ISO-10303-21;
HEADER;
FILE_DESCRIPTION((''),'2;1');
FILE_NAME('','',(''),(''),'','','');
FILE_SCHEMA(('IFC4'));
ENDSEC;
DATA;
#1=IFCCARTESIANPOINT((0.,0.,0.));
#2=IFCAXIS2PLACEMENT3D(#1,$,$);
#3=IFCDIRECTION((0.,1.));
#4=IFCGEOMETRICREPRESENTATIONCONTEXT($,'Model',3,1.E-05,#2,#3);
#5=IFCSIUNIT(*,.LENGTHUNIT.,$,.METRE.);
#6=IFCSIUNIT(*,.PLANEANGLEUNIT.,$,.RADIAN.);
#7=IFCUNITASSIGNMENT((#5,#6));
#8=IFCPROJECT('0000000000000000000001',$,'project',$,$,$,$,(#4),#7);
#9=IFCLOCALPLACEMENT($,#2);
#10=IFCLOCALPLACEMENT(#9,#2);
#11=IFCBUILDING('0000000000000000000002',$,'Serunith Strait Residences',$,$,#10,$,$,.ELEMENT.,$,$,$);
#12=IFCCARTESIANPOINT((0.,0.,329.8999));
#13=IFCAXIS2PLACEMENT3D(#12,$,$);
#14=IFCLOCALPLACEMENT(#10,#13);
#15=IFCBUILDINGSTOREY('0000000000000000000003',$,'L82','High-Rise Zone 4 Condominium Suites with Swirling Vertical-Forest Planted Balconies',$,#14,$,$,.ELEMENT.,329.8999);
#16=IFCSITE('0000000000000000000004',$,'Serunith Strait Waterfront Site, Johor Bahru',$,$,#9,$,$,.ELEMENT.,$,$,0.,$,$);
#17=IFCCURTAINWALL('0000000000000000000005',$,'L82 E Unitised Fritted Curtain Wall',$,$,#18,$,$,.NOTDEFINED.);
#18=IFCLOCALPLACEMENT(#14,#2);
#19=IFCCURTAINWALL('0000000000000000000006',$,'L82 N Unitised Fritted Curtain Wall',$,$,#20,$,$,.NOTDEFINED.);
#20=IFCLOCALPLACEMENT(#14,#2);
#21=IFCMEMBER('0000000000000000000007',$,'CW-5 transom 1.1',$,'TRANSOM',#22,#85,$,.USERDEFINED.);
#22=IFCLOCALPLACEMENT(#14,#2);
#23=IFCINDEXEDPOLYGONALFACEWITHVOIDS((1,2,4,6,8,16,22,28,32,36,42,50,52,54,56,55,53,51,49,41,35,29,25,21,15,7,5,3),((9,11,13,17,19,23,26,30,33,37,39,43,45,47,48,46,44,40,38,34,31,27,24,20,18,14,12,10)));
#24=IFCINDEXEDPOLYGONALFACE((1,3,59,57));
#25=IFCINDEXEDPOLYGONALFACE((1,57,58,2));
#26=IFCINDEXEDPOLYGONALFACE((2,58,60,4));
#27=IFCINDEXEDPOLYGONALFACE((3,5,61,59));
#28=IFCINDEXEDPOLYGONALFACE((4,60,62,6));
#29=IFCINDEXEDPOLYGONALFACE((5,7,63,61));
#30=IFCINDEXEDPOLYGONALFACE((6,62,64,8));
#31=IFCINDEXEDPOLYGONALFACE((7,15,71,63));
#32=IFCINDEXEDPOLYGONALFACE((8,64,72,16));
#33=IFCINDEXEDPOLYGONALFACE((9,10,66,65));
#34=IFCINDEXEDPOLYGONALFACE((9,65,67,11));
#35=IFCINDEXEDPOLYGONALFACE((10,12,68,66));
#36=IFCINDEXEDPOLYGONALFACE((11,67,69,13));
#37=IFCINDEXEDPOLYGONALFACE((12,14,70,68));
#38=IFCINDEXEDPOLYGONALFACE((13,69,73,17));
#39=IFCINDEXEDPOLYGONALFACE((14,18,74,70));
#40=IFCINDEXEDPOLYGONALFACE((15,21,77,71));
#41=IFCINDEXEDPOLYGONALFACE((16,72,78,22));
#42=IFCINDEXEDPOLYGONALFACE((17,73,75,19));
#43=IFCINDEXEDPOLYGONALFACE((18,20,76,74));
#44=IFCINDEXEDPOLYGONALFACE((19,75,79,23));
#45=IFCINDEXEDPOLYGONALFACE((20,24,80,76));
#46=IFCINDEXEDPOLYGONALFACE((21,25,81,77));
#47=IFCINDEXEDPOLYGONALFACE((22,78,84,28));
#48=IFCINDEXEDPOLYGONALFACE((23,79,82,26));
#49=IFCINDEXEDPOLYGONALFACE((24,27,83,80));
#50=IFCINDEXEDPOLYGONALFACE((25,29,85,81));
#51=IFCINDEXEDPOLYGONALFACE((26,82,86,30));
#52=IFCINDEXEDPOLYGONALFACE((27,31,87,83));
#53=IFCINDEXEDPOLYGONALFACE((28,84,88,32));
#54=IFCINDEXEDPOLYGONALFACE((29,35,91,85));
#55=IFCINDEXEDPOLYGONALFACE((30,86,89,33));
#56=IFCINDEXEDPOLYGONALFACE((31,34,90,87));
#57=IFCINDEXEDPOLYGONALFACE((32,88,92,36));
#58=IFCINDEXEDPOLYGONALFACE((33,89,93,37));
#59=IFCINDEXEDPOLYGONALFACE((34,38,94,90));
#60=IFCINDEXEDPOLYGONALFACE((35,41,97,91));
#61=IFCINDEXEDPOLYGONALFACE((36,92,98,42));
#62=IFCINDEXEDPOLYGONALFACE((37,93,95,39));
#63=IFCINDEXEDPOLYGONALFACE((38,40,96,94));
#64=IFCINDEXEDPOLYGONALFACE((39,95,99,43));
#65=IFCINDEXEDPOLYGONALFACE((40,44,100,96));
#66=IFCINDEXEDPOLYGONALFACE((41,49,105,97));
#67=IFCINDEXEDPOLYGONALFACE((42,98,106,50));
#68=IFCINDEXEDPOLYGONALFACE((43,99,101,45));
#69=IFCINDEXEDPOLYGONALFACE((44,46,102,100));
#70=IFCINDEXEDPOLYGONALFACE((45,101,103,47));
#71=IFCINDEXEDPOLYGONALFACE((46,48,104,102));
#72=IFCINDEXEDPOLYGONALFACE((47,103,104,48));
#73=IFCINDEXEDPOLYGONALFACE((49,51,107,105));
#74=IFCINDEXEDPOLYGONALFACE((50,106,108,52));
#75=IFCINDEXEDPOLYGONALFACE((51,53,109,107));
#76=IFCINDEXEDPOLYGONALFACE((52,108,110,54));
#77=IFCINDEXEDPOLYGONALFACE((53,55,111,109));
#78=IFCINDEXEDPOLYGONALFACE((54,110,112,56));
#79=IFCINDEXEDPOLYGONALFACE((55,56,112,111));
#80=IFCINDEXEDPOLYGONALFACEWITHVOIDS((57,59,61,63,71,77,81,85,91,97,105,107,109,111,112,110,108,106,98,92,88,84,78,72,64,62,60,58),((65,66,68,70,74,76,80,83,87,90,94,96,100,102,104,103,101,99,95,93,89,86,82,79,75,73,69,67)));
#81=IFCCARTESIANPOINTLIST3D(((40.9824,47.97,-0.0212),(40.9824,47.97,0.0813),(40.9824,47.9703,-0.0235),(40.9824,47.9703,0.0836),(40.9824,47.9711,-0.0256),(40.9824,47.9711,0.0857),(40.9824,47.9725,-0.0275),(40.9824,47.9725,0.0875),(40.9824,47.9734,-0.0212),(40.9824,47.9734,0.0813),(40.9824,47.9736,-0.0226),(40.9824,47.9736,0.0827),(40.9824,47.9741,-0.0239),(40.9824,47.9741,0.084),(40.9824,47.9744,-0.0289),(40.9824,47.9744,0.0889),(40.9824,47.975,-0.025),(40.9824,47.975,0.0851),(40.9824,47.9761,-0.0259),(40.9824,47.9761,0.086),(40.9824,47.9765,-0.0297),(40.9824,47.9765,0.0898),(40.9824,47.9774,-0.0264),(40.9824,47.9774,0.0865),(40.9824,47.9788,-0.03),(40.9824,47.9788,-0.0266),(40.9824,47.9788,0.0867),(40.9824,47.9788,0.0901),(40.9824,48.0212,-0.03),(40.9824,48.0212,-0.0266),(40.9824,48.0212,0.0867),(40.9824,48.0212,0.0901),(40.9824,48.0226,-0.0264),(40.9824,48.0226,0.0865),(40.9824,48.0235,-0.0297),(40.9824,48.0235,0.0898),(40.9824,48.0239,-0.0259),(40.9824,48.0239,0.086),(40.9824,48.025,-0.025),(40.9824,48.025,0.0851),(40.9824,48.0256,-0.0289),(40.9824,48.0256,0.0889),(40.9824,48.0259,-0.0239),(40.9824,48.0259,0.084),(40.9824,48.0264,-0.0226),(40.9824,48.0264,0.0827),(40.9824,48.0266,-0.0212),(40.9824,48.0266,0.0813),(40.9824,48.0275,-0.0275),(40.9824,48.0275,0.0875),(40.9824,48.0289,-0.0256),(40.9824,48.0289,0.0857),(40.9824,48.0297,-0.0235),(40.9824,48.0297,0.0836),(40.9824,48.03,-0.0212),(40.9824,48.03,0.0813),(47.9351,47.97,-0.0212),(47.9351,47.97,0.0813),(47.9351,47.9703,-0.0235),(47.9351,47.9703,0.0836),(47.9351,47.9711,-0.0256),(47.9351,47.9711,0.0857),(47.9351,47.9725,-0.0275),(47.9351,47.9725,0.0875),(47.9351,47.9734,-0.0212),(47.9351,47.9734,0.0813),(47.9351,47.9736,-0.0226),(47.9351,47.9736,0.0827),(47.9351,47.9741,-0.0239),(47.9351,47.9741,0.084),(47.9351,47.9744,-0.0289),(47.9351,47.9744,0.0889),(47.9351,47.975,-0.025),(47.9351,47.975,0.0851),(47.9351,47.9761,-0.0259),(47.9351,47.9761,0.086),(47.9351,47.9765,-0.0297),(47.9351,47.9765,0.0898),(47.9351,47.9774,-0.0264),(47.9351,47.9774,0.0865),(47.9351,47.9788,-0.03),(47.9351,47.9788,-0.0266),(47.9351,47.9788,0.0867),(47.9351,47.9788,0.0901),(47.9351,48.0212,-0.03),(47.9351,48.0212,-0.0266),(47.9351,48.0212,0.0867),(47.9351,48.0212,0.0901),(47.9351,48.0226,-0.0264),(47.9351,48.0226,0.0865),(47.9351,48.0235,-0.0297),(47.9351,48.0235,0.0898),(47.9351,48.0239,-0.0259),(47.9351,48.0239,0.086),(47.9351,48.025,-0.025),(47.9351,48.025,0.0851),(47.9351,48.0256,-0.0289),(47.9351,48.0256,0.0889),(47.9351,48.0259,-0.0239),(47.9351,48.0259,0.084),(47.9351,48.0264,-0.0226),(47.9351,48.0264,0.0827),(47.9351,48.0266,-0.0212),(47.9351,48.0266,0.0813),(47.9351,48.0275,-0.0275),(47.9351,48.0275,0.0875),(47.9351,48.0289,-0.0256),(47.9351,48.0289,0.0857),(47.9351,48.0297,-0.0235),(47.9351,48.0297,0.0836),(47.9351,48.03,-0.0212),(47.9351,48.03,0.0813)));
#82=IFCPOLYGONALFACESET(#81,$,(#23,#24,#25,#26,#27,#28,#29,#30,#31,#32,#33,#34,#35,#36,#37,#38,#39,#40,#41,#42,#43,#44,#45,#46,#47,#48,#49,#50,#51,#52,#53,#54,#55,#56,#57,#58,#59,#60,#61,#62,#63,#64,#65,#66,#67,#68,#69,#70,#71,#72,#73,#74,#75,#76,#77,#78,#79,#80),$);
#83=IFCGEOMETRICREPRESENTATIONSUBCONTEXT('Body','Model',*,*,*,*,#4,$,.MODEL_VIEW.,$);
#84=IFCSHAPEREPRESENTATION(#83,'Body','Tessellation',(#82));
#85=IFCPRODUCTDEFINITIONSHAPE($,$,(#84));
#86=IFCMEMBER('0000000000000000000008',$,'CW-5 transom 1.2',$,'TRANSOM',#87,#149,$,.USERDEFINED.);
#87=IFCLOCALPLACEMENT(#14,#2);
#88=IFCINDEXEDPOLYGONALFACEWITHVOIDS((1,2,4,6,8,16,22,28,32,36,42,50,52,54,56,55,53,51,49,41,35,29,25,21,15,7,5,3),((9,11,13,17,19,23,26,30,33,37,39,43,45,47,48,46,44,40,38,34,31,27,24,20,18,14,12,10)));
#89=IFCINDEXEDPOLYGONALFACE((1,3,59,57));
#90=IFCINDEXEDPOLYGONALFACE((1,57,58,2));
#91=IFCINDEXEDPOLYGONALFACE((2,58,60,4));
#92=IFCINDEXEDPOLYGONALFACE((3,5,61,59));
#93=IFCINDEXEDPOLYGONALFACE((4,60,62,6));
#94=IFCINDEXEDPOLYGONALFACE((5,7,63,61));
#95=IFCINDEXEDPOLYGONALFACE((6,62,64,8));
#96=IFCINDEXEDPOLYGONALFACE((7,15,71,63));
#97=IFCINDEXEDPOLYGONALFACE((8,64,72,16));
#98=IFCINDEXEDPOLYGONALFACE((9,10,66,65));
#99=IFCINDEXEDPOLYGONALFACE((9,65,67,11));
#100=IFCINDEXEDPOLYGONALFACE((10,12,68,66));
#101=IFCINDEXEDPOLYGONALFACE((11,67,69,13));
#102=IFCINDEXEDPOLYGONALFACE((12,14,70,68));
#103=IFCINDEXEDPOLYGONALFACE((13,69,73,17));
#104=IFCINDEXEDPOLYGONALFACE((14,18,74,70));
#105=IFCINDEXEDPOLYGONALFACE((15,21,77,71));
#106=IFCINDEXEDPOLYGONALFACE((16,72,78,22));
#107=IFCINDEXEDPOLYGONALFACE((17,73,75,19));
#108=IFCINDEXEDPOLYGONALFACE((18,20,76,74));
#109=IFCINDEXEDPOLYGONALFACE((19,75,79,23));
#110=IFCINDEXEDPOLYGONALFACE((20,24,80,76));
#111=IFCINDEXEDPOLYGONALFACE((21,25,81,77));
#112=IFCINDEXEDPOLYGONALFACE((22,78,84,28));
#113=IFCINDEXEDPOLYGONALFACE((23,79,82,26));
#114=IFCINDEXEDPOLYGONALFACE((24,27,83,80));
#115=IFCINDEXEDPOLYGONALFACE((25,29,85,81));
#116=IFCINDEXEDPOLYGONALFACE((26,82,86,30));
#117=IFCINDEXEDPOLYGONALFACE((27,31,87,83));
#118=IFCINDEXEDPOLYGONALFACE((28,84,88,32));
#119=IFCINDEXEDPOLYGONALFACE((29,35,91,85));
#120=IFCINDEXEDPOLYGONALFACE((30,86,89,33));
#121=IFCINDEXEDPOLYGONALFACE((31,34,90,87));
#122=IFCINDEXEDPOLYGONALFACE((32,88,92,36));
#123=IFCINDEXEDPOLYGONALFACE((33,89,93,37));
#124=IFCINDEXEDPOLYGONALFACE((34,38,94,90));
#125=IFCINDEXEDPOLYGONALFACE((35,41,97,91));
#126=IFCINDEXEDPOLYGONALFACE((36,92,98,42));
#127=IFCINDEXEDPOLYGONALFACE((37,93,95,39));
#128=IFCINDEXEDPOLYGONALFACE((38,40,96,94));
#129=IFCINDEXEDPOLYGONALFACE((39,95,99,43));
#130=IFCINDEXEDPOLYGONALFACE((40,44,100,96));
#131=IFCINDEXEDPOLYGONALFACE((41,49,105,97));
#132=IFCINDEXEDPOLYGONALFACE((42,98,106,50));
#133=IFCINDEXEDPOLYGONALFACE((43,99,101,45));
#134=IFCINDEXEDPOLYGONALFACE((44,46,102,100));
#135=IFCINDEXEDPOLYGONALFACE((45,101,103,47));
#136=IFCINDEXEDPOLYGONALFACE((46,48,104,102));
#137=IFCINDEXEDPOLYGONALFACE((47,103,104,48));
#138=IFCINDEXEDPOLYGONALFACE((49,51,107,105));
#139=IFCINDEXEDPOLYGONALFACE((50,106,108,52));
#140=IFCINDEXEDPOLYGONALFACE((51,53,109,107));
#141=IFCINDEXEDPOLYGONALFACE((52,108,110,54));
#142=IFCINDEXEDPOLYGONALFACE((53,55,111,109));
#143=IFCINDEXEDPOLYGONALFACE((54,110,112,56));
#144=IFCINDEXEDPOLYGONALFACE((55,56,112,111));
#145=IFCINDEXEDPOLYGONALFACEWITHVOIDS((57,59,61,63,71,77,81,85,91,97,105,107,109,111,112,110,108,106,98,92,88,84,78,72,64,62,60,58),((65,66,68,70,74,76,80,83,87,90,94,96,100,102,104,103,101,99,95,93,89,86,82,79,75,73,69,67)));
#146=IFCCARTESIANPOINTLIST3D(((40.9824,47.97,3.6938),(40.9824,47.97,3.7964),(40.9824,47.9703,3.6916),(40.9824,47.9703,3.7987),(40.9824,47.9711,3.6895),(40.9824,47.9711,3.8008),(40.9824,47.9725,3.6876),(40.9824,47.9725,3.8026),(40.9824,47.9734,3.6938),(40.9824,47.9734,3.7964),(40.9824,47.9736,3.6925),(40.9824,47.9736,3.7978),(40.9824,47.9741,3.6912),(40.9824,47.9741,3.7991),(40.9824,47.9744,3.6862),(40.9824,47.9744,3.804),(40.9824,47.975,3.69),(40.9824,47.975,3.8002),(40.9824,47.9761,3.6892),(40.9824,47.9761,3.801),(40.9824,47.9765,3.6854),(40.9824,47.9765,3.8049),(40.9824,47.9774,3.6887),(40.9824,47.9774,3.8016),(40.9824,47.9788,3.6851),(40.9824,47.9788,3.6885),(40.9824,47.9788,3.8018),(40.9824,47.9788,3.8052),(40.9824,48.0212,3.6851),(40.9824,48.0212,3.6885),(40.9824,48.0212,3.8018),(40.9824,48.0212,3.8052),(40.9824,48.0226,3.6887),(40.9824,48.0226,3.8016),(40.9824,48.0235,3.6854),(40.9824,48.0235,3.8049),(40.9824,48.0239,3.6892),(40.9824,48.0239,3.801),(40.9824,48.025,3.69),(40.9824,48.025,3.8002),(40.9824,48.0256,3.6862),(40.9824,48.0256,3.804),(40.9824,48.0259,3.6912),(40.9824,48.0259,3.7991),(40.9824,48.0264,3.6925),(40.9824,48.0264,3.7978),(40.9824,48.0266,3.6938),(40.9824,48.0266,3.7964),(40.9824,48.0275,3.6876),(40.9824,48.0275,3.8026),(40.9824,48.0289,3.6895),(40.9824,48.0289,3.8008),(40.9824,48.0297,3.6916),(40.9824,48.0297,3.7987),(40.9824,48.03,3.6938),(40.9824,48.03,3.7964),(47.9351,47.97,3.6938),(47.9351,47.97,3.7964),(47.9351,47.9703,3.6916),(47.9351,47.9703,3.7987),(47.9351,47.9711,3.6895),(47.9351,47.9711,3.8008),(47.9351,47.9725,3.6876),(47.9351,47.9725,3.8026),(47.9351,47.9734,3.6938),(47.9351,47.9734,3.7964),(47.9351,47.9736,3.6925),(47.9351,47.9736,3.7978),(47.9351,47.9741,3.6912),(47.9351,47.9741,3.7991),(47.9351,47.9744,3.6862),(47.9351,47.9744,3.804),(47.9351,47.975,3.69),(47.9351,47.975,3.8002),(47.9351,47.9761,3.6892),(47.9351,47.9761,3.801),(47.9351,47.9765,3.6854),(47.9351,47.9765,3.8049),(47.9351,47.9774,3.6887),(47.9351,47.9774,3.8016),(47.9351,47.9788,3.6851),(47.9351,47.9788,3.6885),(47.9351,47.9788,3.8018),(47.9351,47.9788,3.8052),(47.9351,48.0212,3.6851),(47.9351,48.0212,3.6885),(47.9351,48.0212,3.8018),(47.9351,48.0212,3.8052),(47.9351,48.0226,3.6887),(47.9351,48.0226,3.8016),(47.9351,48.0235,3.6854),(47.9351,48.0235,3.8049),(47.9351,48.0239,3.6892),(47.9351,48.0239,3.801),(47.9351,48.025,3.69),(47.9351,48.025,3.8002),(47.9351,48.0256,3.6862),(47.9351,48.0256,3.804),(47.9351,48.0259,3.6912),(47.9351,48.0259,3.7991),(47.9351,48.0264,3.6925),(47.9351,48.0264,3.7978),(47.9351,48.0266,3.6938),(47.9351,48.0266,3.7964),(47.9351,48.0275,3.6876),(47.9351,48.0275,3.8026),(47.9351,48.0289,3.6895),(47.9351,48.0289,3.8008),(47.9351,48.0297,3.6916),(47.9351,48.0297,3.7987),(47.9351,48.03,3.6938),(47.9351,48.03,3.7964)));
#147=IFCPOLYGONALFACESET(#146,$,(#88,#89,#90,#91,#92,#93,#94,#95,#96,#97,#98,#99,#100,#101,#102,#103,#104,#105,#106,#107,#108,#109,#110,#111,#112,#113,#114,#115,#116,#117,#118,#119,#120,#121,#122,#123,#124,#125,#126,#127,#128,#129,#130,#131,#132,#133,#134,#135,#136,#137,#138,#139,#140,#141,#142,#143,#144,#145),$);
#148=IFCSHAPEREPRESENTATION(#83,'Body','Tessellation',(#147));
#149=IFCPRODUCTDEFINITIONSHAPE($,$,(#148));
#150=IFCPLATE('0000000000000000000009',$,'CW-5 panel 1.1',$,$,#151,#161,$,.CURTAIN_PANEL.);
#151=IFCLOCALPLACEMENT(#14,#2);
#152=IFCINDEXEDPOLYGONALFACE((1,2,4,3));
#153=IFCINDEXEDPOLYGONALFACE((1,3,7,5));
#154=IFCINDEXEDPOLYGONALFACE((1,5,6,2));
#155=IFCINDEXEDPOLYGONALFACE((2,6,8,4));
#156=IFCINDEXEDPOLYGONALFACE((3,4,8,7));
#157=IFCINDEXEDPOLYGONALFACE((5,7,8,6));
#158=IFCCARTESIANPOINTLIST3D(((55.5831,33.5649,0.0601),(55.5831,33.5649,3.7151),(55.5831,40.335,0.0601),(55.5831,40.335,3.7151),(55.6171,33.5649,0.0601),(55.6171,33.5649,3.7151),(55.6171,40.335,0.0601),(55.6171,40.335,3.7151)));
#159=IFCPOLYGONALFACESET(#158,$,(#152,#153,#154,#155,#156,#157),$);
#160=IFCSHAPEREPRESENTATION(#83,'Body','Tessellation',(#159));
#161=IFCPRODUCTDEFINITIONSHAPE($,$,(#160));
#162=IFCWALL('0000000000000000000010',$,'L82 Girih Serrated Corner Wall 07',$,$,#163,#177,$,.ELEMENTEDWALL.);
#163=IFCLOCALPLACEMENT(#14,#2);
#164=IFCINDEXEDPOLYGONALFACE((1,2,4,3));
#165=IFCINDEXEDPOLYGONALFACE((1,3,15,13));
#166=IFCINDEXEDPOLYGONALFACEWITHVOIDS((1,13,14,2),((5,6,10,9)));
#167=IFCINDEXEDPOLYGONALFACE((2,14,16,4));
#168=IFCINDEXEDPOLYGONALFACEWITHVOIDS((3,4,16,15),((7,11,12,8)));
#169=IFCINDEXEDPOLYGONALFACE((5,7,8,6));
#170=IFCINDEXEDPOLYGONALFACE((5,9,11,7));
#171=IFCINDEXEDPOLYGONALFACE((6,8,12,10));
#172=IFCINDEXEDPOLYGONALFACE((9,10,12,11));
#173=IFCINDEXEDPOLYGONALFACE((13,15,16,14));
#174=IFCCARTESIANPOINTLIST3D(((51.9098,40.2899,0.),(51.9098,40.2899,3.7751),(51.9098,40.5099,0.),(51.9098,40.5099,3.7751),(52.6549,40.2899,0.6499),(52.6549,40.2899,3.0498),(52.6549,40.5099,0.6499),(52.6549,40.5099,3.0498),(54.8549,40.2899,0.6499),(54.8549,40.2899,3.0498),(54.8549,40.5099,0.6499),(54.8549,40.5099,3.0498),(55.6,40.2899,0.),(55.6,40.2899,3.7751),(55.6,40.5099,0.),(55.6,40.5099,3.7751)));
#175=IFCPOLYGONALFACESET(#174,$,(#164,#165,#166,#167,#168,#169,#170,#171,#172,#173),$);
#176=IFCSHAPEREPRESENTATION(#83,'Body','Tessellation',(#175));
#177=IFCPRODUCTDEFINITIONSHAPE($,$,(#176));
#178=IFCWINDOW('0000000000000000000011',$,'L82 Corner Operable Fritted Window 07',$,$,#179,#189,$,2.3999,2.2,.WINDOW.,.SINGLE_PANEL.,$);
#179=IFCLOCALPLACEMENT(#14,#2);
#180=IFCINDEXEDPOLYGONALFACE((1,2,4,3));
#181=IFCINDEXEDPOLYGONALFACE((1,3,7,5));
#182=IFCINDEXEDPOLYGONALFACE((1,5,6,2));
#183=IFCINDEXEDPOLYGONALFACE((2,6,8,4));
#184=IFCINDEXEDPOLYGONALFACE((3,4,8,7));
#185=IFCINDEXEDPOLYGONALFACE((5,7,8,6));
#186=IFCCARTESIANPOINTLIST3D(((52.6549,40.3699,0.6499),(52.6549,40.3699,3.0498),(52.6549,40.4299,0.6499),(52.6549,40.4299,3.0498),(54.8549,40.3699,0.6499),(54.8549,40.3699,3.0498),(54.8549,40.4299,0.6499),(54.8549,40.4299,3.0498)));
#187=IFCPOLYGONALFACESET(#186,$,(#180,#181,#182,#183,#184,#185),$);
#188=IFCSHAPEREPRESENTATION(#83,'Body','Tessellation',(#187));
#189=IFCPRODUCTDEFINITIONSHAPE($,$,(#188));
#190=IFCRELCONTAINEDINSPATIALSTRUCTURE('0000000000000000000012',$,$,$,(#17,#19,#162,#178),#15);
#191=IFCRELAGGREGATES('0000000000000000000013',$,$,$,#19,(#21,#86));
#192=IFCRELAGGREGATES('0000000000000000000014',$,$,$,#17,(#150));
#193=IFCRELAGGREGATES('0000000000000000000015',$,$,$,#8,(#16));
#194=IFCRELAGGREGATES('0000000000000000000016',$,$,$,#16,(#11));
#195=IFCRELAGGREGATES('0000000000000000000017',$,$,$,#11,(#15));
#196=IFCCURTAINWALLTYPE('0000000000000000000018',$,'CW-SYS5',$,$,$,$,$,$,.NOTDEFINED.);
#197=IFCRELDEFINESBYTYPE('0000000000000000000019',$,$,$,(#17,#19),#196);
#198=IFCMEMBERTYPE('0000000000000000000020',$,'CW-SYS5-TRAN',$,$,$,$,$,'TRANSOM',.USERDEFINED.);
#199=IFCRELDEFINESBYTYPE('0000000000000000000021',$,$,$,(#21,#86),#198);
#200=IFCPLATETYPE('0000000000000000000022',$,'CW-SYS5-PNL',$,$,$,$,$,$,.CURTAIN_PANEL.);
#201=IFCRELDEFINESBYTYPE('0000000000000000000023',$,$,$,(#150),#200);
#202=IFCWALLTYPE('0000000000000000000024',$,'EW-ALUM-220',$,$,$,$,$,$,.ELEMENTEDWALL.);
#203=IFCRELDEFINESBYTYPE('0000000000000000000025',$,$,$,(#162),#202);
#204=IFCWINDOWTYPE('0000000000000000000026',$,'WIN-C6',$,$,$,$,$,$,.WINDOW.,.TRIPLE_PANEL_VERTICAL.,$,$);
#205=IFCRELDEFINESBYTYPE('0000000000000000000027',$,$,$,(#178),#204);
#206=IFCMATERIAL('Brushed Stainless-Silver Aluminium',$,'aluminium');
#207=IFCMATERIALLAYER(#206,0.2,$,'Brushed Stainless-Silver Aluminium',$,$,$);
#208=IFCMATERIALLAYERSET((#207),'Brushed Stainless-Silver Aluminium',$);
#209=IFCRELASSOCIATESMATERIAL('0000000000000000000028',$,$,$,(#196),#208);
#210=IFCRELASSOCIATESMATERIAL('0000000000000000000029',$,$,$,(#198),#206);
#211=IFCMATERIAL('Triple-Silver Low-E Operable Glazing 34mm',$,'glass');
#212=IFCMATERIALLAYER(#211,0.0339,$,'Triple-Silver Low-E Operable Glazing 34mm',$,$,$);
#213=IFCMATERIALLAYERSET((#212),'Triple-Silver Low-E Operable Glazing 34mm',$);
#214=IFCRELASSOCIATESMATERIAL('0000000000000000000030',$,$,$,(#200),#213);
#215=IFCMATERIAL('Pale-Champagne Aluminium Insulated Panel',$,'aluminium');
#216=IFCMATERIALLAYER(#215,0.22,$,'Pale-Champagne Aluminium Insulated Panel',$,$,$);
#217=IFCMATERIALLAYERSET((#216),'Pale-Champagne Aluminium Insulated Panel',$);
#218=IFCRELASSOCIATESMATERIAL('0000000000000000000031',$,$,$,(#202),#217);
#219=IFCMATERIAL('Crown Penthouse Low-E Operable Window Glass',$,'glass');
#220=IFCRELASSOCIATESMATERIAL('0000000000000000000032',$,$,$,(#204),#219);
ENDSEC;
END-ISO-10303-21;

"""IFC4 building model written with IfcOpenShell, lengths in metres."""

from ifc_helpers import new_model, si_unit, direction, frame, frame_2d, origin, origin_2d, place, context, subcontext, project, spatial, rectangle, hollow_rectangle, extrude, source, transform, mapped, material, layer, layer_set, material_profile, profile_set, type_object, element, fill, aggregate, save


model = new_model("IFC4")

# Units and contexts
model_context = context("Model", 3, precision=1e-05, world=origin(), true_north=direction((0.0, 1.0)))
body_context = subcontext(model_context, "Body", "Model", "MODEL_VIEW")
ifc_project = project(units=[si_unit("LENGTHUNIT", "METRE"), si_unit("PLANEANGLEUNIT", "RADIAN")], contexts=[model_context])

# Site, building, storey
site_placement = place(None, origin())
site = spatial("IfcSite", under=ifc_project, at=site_placement, Name="Serunith Strait Waterfront Site, Johor Bahru", CompositionType="ELEMENT", RefElevation=0.0)
building_placement = place(site_placement, origin())
building = spatial("IfcBuilding", under=site, at=building_placement, Name="Serunith Strait Residences", CompositionType="ELEMENT")
storey_placement = place(building_placement, frame((0.0, 0.0, 329.8999)))
storey = spatial("IfcBuildingStorey", under=building, at=storey_placement, Name="L82", Description="High-Rise Zone 4 Condominium Suites with Swirling Vertical-Forest Planted Balconies", CompositionType="ELEMENT", Elevation=329.8999)

# Curtain wall
ifc_material_1 = material(Name="Brushed Stainless-Silver Aluminium", Category="aluminium")
ifc_layer_1 = layer(ifc_material_1, 0.2, Name="Brushed Stainless-Silver Aluminium")
ifc_layer_set_1 = layer_set([ifc_layer_1], Name="Brushed Stainless-Silver Aluminium")
curtain_wall_type = type_object("IfcCurtainWallType", Name="CW-SYS5", PredefinedType="NOTDEFINED", material=ifc_layer_set_1)
curtain_wall_1_placement = place(storey_placement, origin())
curtain_wall_1 = element("IfcCurtainWall", 1, at=curtain_wall_1_placement, inside=storey, type_object=curtain_wall_type, Name="L82 E Unitised Fritted Curtain Wall", PredefinedType="NOTDEFINED")

# Curtain wall, members
curtain_wall_2_placement = place(storey_placement, origin())
curtain_wall_2 = element("IfcCurtainWall", 2, at=curtain_wall_2_placement, inside=storey, type_object=curtain_wall_type, Name="L82 N Unitised Fritted Curtain Wall", PredefinedType="NOTDEFINED")
ifc_material_profile_1 = material_profile(ifc_material_1, hollow_rectangle(XDim=0.0601, YDim=0.1201, WallThickness=0.0034, InnerFilletRadius=0.0054, OuterFilletRadius=0.0088, at=origin_2d()), Name="ALU 120x60x3.5")
ifc_profile_set_1 = profile_set([ifc_material_profile_1], Name="Brushed Stainless-Silver Aluminium")
member_type_1 = type_object("IfcMemberType", Name="CW-SYS5-TRAN", ElementType="TRANSOM", PredefinedType="USERDEFINED", material=ifc_profile_set_1)
shared_shape_1 = source(origin(), body_context, "Body", "SweptSolid", [
    extrude(hollow_rectangle(XDim=0.0601, YDim=0.1201, WallThickness=0.0034, InnerFilletRadius=0.0054, OuterFilletRadius=0.0088, at=origin_2d()), origin(), (0.0, 0.0, 1.0), 6.9526),
])
member_1_placement = place(storey_placement, frame((47.9351, 48.0, 0.03), z_axis=(-1.0, 0.0, 0.0), x_axis=(0.0, -1.0, 0.0)))
member_1 = element("IfcMember", 3, at=member_1_placement, type_object=member_type_1, Name="CW-5 transom 1.1", ObjectType="TRANSOM", PredefinedType="USERDEFINED", context=body_context, shape_type="MappedRepresentation", body=[
    mapped(shared_shape_1, transform((0.0, 0.0, 0.0), scale=1.0)),
])
member_2_placement = place(storey_placement, frame((47.9351, 48.0, 3.7451), z_axis=(-1.0, 0.0, 0.0), x_axis=(0.0, -1.0, 0.0)))
member_2 = element("IfcMember", 4, at=member_2_placement, type_object=member_type_1, Name="CW-5 transom 1.2", ObjectType="TRANSOM", PredefinedType="USERDEFINED", context=body_context, shape_type="MappedRepresentation", body=[
    mapped(shared_shape_1, transform((0.0, 0.0, 0.0), scale=1.0)),
])
aggregate(curtain_wall_2, [member_1, member_2])

# Plate
ifc_material_2 = material(Name="Triple-Silver Low-E Operable Glazing 34mm", Category="glass")
ifc_layer_2 = layer(ifc_material_2, 0.0339, Name="Triple-Silver Low-E Operable Glazing 34mm")
ifc_layer_set_2 = layer_set([ifc_layer_2], Name="Triple-Silver Low-E Operable Glazing 34mm")
plate_type = type_object("IfcPlateType", Name="CW-SYS5-PNL", PredefinedType="CURTAIN_PANEL", material=ifc_layer_set_2)
shared_shape_2 = source(origin(), body_context, "Body", "SweptSolid", [
    extrude(rectangle(XDim=6.77, YDim=0.0339, at=origin_2d()), origin(), (0.0, 0.0, 1.0), 3.655),
])
plate_placement = place(storey_placement, frame((55.6001, 36.95, 0.0601), z_axis=(0.0, 0.0, 1.0), x_axis=(0.0, 1.0, 0.0)))
plate = element("IfcPlate", 5, at=plate_placement, type_object=plate_type, Name="CW-5 panel 1.1", PredefinedType="CURTAIN_PANEL", context=body_context, shape_type="MappedRepresentation", body=[
    mapped(shared_shape_2, transform((0.0, 0.0, 0.0), scale=1.0)),
])
aggregate(curtain_wall_1, [plate])

# Wall, opening, window
ifc_material_3 = material(Name="Pale-Champagne Aluminium Insulated Panel", Category="aluminium")
ifc_layer_3 = layer(ifc_material_3, 0.22, Name="Pale-Champagne Aluminium Insulated Panel")
ifc_layer_set_3 = layer_set([ifc_layer_3], Name="Pale-Champagne Aluminium Insulated Panel")
wall_type_1 = type_object("IfcWallType", Name="EW-ALUM-220", PredefinedType="ELEMENTEDWALL", material=ifc_layer_set_3)
wall_1_placement = place(storey_placement, frame((55.6001, 40.3999, 0.0), z_axis=(0.0, 0.0, 1.0), x_axis=(-1.0, 0.0, 0.0)))
wall_1 = element("IfcWall", 6, at=wall_1_placement, inside=storey, type_object=wall_type_1, Name="L82 Girih Serrated Corner Wall 07", PredefinedType="ELEMENTEDWALL", context=body_context, shape_type="SweptSolid", body=[
    extrude(rectangle(XDim=3.6902, YDim=0.22, at=frame_2d((1.8452, 0.0))), origin(), (0.0, 0.0, 1.0), 3.7751),
])
opening_1_placement = place(wall_1_placement, frame((0.7451, 0.0, 0.6499)))
opening_1 = element("IfcOpeningElement", 7, at=opening_1_placement, cuts=wall_1, PredefinedType="OPENING", context=body_context, shape_type="SweptSolid", body=[
    extrude(rectangle(XDim=2.2, YDim=2.3999, at=frame_2d((1.1001, 1.2))), frame((0.0, 0.1201, 0.0), z_axis=(0.0, -1.0, 0.0), x_axis=(1.0, 0.0, 0.0)), (0.0, 0.0, 1.0), 0.24),
])
ifc_material_4 = material(Name="Crown Penthouse Low-E Operable Window Glass", Category="glass")
window_type = type_object("IfcWindowType", Name="WIN-C6", PartitioningType="TRIPLE_PANEL_VERTICAL", PredefinedType="WINDOW", material=ifc_material_4)
shared_shape_3 = source(origin(), body_context, "Body", "SweptSolid", [
    extrude(rectangle(XDim=2.2, YDim=2.3999, at=frame_2d((1.1001, 1.2))), frame((0.0, 0.03, 0.0), z_axis=(0.0, -1.0, 0.0), x_axis=(1.0, 0.0, 0.0)), (0.0, 0.0, 1.0), 0.0601),
])
window_1_placement = place(opening_1_placement, origin())
window_1 = element("IfcWindow", 8, at=window_1_placement, inside=storey, type_object=window_type, Name="L82 Corner Operable Fritted Window 07", OverallHeight=2.3999, OverallWidth=2.2, PartitioningType="SINGLE_PANEL", PredefinedType="WINDOW", context=body_context, shape_type="MappedRepresentation", body=[
    mapped(shared_shape_3, transform((0.0, 0.0, 0.0), scale=1.0)),
])
fill(opening_1, window_1)

save(model, "model.ifc")
